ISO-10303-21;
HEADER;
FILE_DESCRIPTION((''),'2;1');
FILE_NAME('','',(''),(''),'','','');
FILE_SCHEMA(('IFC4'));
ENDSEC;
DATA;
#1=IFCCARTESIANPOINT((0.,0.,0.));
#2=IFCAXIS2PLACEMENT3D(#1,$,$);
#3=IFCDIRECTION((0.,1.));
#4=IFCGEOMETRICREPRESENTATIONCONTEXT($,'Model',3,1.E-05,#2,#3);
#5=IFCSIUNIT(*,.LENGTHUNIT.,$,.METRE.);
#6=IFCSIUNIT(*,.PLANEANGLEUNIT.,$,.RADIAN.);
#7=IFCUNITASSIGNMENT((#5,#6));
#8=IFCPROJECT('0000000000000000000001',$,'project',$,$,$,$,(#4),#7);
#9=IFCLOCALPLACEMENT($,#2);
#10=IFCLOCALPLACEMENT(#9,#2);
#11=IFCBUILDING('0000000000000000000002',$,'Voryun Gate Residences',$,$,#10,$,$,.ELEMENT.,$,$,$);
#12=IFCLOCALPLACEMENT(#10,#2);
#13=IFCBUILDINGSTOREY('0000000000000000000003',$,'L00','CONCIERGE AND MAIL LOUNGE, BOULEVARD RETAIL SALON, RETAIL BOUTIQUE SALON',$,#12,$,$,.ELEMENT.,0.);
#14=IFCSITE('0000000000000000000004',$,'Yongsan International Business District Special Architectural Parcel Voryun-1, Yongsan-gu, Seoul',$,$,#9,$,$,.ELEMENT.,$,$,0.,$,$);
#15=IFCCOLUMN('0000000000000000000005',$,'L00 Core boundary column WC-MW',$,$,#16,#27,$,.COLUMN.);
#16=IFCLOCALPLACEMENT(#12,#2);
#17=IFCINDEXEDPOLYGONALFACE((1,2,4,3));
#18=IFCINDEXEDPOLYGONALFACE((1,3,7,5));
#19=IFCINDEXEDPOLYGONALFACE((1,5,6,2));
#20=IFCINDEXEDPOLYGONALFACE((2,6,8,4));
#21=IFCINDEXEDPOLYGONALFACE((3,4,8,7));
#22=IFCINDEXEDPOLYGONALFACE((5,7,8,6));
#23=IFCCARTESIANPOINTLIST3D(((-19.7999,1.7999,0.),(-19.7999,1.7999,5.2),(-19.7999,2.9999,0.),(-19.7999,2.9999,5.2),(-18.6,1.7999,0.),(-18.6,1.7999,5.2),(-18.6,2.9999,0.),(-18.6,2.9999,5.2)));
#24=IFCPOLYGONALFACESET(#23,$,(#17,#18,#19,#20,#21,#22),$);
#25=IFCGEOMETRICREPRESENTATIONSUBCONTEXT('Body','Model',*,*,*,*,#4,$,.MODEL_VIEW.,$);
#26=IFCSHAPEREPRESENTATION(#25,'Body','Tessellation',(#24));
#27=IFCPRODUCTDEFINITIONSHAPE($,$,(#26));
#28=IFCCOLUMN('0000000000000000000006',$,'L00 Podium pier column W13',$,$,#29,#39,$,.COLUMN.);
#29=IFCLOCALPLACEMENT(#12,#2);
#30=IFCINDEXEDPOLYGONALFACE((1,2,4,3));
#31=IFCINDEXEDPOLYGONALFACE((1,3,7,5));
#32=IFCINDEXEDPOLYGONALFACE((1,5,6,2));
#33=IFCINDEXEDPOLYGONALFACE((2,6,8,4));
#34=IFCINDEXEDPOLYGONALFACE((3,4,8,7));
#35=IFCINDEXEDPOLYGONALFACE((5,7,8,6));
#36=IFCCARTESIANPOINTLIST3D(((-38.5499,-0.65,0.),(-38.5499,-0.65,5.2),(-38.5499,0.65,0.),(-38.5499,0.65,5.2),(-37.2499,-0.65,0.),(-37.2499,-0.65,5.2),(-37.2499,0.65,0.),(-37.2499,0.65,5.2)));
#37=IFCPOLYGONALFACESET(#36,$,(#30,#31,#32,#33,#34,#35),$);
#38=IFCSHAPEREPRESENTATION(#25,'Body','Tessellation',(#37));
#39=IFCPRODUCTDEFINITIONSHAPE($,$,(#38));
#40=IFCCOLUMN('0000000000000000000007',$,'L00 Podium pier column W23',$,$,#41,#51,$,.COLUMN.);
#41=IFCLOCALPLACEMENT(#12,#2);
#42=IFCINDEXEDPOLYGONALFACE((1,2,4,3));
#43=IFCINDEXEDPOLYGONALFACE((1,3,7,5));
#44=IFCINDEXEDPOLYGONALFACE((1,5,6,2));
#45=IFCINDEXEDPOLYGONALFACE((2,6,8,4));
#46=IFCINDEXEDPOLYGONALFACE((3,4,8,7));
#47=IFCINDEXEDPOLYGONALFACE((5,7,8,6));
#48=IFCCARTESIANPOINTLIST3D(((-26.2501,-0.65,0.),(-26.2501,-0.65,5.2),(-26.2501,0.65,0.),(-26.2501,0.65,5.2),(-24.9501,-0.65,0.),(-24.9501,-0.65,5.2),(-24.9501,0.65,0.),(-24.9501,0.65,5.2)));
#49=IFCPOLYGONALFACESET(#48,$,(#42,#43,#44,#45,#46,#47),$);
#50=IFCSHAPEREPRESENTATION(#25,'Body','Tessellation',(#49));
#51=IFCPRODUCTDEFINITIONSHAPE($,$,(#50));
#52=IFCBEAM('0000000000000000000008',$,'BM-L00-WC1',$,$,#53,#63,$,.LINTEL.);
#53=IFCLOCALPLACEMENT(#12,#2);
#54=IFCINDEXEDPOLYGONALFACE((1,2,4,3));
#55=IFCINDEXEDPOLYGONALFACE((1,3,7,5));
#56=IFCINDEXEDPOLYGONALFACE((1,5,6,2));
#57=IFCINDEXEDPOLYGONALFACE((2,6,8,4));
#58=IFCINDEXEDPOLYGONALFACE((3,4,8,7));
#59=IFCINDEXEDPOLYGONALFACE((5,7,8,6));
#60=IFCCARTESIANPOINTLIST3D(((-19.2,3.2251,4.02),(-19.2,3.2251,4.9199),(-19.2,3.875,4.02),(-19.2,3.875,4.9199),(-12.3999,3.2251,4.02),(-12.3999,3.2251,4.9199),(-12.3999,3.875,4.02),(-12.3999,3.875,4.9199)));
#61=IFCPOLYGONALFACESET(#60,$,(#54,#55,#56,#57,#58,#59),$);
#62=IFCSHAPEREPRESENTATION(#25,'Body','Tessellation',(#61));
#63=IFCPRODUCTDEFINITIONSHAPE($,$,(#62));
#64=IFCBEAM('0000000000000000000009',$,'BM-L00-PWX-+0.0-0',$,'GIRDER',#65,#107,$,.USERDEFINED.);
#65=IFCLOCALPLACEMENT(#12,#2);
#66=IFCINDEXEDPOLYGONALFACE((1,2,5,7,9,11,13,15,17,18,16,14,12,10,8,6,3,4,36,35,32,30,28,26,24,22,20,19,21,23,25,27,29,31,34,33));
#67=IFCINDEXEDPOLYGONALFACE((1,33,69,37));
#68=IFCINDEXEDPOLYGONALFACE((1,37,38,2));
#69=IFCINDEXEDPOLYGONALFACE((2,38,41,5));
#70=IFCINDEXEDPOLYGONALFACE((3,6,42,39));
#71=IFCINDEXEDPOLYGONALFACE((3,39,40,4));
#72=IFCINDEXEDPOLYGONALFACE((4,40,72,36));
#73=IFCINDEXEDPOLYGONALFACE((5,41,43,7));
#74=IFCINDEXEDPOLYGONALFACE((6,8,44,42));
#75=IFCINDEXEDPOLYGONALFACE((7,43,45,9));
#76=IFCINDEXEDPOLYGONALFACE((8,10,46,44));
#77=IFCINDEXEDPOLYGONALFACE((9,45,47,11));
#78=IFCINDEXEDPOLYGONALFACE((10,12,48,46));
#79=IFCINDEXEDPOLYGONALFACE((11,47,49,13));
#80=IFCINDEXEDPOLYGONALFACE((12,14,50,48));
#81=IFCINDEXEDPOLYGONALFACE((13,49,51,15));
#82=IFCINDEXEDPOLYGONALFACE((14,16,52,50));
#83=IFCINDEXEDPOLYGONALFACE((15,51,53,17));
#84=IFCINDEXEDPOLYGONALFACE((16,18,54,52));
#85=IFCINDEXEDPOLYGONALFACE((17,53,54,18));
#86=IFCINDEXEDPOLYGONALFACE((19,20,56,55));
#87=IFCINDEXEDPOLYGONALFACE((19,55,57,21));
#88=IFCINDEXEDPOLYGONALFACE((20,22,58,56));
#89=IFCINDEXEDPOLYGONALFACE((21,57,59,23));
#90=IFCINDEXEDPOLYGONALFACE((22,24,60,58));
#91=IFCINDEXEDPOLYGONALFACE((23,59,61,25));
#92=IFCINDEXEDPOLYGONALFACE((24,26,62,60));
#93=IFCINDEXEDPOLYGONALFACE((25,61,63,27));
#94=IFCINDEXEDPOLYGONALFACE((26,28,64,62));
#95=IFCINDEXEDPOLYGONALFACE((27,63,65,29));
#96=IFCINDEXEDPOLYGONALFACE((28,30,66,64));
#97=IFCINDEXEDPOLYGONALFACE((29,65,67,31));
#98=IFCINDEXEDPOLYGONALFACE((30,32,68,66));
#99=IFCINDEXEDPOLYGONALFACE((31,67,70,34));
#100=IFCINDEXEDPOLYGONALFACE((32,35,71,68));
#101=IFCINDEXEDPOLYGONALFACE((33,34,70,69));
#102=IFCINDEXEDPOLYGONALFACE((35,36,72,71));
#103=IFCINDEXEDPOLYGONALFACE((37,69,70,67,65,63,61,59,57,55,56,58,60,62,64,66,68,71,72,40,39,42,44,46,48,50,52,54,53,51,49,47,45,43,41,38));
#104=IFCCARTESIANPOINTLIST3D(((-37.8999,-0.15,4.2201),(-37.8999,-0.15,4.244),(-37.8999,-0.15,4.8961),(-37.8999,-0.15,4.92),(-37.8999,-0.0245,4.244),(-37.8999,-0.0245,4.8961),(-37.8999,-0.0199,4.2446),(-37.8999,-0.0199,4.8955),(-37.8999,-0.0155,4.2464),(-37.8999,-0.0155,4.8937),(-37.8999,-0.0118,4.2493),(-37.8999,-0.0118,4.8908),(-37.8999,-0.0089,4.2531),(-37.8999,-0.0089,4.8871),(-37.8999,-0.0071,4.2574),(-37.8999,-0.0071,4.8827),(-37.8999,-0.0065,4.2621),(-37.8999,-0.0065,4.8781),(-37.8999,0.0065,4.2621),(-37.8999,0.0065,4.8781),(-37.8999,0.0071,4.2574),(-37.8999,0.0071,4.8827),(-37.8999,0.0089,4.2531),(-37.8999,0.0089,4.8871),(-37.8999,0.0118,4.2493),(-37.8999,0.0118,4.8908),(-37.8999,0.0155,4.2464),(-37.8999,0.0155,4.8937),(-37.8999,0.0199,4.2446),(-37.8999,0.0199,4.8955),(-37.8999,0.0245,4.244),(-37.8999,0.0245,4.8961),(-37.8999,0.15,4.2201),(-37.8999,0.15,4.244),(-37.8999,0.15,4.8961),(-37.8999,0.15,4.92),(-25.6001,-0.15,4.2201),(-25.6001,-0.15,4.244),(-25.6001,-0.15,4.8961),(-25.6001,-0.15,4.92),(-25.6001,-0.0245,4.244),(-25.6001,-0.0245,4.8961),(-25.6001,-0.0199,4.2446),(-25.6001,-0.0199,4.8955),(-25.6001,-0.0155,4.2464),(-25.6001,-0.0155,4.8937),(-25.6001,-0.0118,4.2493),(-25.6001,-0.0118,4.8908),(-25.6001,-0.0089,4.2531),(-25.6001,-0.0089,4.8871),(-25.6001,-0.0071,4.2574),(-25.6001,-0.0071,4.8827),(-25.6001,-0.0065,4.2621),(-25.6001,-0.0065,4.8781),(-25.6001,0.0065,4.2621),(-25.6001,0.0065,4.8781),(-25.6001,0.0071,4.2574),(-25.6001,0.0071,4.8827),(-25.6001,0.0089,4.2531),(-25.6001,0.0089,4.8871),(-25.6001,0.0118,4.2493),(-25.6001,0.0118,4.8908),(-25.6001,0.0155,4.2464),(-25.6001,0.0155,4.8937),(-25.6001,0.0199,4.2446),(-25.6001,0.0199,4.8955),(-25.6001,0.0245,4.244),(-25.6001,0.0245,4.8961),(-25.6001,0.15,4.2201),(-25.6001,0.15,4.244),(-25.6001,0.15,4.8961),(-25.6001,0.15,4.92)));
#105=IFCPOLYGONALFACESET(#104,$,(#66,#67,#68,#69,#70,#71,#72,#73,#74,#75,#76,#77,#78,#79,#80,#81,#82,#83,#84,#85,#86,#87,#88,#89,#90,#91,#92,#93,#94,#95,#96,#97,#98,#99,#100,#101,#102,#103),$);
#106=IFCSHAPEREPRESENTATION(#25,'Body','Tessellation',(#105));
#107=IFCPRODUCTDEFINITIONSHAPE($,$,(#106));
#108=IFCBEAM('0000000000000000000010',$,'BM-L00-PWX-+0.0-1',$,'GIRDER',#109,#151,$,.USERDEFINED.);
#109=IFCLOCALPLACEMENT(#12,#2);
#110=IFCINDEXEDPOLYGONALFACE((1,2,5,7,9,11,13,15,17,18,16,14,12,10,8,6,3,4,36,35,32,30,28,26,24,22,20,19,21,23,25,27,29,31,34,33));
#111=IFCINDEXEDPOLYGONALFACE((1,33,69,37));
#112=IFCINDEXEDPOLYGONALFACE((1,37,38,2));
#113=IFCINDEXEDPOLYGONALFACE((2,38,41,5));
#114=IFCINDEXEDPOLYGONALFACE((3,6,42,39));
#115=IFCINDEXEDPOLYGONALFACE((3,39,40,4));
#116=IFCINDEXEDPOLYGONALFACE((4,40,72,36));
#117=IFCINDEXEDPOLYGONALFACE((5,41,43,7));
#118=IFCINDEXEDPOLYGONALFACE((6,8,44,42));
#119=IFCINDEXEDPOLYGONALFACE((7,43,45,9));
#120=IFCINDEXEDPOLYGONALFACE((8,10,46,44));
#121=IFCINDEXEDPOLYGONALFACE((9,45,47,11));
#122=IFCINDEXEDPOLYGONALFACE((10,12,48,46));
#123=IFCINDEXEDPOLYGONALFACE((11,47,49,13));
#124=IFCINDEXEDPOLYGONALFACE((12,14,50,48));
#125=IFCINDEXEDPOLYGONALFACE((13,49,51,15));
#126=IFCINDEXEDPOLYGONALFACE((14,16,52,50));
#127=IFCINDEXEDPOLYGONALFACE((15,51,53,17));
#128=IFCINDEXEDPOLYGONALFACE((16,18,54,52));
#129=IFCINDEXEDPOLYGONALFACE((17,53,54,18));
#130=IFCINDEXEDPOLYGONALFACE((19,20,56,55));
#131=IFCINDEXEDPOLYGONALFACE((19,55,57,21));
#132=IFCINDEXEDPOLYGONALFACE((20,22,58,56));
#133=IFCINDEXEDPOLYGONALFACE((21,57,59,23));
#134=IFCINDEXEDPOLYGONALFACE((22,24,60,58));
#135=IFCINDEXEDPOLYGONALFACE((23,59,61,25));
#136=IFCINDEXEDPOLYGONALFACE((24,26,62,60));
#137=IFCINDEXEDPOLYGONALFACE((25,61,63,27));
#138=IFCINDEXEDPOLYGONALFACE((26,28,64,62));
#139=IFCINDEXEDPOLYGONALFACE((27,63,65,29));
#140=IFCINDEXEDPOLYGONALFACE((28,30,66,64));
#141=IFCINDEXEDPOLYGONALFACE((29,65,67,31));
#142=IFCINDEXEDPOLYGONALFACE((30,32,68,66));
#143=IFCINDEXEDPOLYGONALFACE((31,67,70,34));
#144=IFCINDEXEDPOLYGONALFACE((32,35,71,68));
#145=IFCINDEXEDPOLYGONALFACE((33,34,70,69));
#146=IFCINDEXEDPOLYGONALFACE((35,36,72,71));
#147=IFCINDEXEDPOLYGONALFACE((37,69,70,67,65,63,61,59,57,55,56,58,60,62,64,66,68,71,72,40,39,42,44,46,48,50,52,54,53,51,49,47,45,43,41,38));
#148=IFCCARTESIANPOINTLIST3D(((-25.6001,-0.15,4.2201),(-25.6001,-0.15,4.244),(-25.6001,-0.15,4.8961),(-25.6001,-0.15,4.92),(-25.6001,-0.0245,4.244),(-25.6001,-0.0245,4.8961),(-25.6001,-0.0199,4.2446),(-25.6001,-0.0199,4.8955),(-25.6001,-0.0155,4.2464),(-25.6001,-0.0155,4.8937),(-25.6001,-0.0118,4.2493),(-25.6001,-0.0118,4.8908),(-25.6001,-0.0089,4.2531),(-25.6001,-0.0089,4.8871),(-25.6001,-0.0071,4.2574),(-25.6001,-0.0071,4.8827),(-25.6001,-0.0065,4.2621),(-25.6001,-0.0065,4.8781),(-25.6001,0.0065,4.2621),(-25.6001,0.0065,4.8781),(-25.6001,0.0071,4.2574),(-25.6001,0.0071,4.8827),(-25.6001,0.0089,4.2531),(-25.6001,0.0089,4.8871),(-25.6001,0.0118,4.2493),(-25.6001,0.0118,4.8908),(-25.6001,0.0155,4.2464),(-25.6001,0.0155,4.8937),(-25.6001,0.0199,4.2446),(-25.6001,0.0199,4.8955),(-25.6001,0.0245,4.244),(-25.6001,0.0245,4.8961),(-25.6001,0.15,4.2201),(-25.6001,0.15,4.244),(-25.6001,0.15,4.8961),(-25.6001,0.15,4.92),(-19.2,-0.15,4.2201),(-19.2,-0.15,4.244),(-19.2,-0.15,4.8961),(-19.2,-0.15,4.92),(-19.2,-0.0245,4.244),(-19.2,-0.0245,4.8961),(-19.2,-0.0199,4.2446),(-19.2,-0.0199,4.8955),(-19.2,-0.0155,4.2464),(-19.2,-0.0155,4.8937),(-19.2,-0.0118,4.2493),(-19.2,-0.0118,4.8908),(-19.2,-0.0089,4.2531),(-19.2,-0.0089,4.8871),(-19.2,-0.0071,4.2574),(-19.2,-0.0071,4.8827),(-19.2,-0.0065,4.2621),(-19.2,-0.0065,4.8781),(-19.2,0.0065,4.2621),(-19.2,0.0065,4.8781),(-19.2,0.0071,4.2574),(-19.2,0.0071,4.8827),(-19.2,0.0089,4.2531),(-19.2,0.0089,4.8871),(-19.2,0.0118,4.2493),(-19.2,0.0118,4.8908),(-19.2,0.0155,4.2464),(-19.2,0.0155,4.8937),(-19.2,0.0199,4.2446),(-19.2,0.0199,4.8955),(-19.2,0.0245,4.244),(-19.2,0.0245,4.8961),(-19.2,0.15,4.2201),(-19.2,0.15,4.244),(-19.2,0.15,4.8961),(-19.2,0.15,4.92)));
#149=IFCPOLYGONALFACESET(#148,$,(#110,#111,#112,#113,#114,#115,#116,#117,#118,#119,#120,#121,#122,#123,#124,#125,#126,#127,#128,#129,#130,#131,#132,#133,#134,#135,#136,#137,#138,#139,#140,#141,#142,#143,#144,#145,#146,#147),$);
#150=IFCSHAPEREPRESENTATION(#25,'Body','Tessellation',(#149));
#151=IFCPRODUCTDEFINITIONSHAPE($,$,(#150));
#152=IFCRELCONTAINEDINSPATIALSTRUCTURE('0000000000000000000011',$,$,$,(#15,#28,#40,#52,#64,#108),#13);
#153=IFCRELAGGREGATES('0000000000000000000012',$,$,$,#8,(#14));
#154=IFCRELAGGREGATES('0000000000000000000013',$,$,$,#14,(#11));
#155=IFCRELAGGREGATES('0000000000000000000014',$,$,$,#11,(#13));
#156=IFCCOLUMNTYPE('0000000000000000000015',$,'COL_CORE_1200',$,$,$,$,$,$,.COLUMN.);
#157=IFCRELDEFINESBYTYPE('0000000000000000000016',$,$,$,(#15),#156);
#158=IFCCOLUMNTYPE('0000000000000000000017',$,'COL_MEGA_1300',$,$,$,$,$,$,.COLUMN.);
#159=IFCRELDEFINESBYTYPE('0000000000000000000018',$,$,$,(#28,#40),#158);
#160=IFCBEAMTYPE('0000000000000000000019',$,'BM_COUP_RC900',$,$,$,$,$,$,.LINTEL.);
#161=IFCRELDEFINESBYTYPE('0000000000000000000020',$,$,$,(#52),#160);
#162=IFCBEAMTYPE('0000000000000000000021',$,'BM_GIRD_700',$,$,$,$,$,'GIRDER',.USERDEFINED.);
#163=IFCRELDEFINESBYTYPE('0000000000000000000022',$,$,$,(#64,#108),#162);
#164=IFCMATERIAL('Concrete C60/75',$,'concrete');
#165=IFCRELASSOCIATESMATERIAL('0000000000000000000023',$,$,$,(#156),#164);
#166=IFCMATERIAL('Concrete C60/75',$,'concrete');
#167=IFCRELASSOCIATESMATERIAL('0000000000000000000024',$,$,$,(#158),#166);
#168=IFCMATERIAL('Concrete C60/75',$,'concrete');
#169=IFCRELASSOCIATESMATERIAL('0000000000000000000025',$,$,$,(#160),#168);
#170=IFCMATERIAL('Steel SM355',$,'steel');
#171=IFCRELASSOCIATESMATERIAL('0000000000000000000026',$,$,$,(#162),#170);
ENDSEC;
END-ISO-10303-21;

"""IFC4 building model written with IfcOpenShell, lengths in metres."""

from ifc_helpers import new_model, si_unit, direction, frame, origin, origin_2d, place, context, subcontext, project, spatial, rectangle, i_section, extrude, material, material_profile, profile_set, type_object, element, save


model = new_model("IFC4")

# Units and contexts
model_context = context("Model", 3, precision=1e-05, world=origin(), true_north=direction((0.0, 1.0)))
body_context = subcontext(model_context, "Body", "Model", "MODEL_VIEW")
ifc_project = project(units=[si_unit("LENGTHUNIT", "METRE"), si_unit("PLANEANGLEUNIT", "RADIAN")], contexts=[model_context])

# Site, building, storey
site_placement = place(None, origin())
site = spatial("IfcSite", under=ifc_project, at=site_placement, Name="Yongsan International Business District Special Architectural Parcel Voryun-1, Yongsan-gu, Seoul", CompositionType="ELEMENT", RefElevation=0.0)
building_placement = place(site_placement, origin())
building = spatial("IfcBuilding", under=site, at=building_placement, Name="Voryun Gate Residences", CompositionType="ELEMENT")
storey_placement = place(building_placement, origin())
storey = spatial("IfcBuildingStorey", under=building, at=storey_placement, Name="L00", Description="CONCIERGE AND MAIL LOUNGE, BOULEVARD RETAIL SALON, RETAIL BOUTIQUE SALON", CompositionType="ELEMENT", Elevation=0.0)

# Columns
ifc_material_1 = material(Name="Concrete C60/75", Category="concrete")
ifc_material_profile_1 = material_profile(ifc_material_1, rectangle(XDim=1.2, YDim=1.2, at=origin_2d()), Name="RC-1200x1200")
ifc_profile_set_1 = profile_set([ifc_material_profile_1], Name="Concrete C60/75")
column_type_1 = type_object("IfcColumnType", Name="COL_CORE_1200", PredefinedType="COLUMN", material=ifc_profile_set_1)
column_placement = place(storey_placement, frame((-19.2, 2.3999, 0.0), z_axis=(0.0, 0.0, 1.0), x_axis=(1.0, 0.0, 0.0)))
element("IfcColumn", 1, at=column_placement, inside=storey, type_object=column_type_1, Name="L00 Core boundary column WC-MW", PredefinedType="COLUMN", context=body_context, shape_type="SweptSolid", body=[
    extrude(rectangle(XDim=1.2, YDim=1.2, at=origin_2d()), origin(), (0.0, 0.0, 1.0), 5.2),
])
ifc_material_2 = material(Name="Concrete C60/75", Category="concrete")
ifc_material_profile_2 = material_profile(ifc_material_2, rectangle(XDim=1.3, YDim=1.3, at=origin_2d()), Name="RC-1300x1300")
ifc_profile_set_2 = profile_set([ifc_material_profile_2], Name="Concrete C60/75")
column_type_2 = type_object("IfcColumnType", Name="COL_MEGA_1300", PredefinedType="COLUMN", material=ifc_profile_set_2)
for number, where, z_axis, x_axis, name in (
    (2, (-37.8999, 0.0, 0.0), (0.0, 0.0, 1.0), (1.0, 0.0, 0.0), "L00 Podium pier column W13"),
    (3, (-25.6001, 0.0, 0.0), (0.0, 0.0, 1.0), (1.0, 0.0, 0.0), "L00 Podium pier column W23"),
):
    element("IfcColumn", number, at=place(storey_placement, frame(where, z_axis=z_axis, x_axis=x_axis)), inside=storey, type_object=column_type_2, Name=name, PredefinedType="COLUMN", context=body_context, shape_type="SweptSolid", body=[
        extrude(rectangle(XDim=1.3, YDim=1.3, at=origin_2d()), origin(), (0.0, 0.0, 1.0), 5.2),
    ])

# Beams
ifc_material_3 = material(Name="Concrete C60/75", Category="concrete")
ifc_material_profile_3 = material_profile(ifc_material_3, rectangle(XDim=0.6499, YDim=0.8999, at=origin_2d()), Name="RC-650x900")
ifc_profile_set_3 = profile_set([ifc_material_profile_3], Name="Concrete C60/75")
beam_type_1 = type_object("IfcBeamType", Name="BM_COUP_RC900", PredefinedType="LINTEL", material=ifc_profile_set_3)
beam_1_placement = place(storey_placement, frame((-19.2, 3.55, 4.47), z_axis=(1.0, 0.0, 0.0), x_axis=(0.0, 1.0, 0.0)))
element("IfcBeam", 4, at=beam_1_placement, inside=storey, type_object=beam_type_1, Name="BM-L00-WC1", PredefinedType="LINTEL", context=body_context, shape_type="SweptSolid", body=[
    extrude(rectangle(XDim=0.6499, YDim=0.8999, at=origin_2d()), origin(), (0.0, 0.0, 1.0), 6.8),
])
ifc_material_4 = material(Name="Steel SM355", Category="steel")
ifc_material_profile_4 = material_profile(ifc_material_4, i_section(OverallWidth=0.3, OverallDepth=0.7, WebThickness=0.0129, FlangeThickness=0.0239, FilletRadius=0.0181, at=origin_2d()), Name="H-700x300x13x24")
ifc_profile_set_4 = profile_set([ifc_material_profile_4], Name="Steel SM355")
beam_type_2 = type_object("IfcBeamType", Name="BM_GIRD_700", ElementType="GIRDER", PredefinedType="USERDEFINED", material=ifc_profile_set_4)
beam_2_placement = place(storey_placement, frame((-37.8999, 0.0, 4.5701), z_axis=(1.0, 0.0, 0.0), x_axis=(0.0, 1.0, 0.0)))
element("IfcBeam", 5, at=beam_2_placement, inside=storey, type_object=beam_type_2, Name="BM-L00-PWX-+0.0-0", ObjectType="GIRDER", PredefinedType="USERDEFINED", context=body_context, shape_type="SweptSolid", body=[
    extrude(i_section(OverallWidth=0.3, OverallDepth=0.7, WebThickness=0.0129, FlangeThickness=0.0239, FilletRadius=0.0181, at=origin_2d()), origin(), (0.0, 0.0, 1.0), 12.2998),
])
beam_3_placement = place(storey_placement, frame((-25.6001, 0.0, 4.5701), z_axis=(1.0, 0.0, 0.0), x_axis=(0.0, 1.0, 0.0)))
element("IfcBeam", 6, at=beam_3_placement, inside=storey, type_object=beam_type_2, Name="BM-L00-PWX-+0.0-1", ObjectType="GIRDER", PredefinedType="USERDEFINED", context=body_context, shape_type="SweptSolid", body=[
    extrude(i_section(OverallWidth=0.3, OverallDepth=0.7, WebThickness=0.0129, FlangeThickness=0.0239, FilletRadius=0.0181, at=origin_2d()), origin(), (0.0, 0.0, 1.0), 6.4001),
])

save(model, "model.ifc")
